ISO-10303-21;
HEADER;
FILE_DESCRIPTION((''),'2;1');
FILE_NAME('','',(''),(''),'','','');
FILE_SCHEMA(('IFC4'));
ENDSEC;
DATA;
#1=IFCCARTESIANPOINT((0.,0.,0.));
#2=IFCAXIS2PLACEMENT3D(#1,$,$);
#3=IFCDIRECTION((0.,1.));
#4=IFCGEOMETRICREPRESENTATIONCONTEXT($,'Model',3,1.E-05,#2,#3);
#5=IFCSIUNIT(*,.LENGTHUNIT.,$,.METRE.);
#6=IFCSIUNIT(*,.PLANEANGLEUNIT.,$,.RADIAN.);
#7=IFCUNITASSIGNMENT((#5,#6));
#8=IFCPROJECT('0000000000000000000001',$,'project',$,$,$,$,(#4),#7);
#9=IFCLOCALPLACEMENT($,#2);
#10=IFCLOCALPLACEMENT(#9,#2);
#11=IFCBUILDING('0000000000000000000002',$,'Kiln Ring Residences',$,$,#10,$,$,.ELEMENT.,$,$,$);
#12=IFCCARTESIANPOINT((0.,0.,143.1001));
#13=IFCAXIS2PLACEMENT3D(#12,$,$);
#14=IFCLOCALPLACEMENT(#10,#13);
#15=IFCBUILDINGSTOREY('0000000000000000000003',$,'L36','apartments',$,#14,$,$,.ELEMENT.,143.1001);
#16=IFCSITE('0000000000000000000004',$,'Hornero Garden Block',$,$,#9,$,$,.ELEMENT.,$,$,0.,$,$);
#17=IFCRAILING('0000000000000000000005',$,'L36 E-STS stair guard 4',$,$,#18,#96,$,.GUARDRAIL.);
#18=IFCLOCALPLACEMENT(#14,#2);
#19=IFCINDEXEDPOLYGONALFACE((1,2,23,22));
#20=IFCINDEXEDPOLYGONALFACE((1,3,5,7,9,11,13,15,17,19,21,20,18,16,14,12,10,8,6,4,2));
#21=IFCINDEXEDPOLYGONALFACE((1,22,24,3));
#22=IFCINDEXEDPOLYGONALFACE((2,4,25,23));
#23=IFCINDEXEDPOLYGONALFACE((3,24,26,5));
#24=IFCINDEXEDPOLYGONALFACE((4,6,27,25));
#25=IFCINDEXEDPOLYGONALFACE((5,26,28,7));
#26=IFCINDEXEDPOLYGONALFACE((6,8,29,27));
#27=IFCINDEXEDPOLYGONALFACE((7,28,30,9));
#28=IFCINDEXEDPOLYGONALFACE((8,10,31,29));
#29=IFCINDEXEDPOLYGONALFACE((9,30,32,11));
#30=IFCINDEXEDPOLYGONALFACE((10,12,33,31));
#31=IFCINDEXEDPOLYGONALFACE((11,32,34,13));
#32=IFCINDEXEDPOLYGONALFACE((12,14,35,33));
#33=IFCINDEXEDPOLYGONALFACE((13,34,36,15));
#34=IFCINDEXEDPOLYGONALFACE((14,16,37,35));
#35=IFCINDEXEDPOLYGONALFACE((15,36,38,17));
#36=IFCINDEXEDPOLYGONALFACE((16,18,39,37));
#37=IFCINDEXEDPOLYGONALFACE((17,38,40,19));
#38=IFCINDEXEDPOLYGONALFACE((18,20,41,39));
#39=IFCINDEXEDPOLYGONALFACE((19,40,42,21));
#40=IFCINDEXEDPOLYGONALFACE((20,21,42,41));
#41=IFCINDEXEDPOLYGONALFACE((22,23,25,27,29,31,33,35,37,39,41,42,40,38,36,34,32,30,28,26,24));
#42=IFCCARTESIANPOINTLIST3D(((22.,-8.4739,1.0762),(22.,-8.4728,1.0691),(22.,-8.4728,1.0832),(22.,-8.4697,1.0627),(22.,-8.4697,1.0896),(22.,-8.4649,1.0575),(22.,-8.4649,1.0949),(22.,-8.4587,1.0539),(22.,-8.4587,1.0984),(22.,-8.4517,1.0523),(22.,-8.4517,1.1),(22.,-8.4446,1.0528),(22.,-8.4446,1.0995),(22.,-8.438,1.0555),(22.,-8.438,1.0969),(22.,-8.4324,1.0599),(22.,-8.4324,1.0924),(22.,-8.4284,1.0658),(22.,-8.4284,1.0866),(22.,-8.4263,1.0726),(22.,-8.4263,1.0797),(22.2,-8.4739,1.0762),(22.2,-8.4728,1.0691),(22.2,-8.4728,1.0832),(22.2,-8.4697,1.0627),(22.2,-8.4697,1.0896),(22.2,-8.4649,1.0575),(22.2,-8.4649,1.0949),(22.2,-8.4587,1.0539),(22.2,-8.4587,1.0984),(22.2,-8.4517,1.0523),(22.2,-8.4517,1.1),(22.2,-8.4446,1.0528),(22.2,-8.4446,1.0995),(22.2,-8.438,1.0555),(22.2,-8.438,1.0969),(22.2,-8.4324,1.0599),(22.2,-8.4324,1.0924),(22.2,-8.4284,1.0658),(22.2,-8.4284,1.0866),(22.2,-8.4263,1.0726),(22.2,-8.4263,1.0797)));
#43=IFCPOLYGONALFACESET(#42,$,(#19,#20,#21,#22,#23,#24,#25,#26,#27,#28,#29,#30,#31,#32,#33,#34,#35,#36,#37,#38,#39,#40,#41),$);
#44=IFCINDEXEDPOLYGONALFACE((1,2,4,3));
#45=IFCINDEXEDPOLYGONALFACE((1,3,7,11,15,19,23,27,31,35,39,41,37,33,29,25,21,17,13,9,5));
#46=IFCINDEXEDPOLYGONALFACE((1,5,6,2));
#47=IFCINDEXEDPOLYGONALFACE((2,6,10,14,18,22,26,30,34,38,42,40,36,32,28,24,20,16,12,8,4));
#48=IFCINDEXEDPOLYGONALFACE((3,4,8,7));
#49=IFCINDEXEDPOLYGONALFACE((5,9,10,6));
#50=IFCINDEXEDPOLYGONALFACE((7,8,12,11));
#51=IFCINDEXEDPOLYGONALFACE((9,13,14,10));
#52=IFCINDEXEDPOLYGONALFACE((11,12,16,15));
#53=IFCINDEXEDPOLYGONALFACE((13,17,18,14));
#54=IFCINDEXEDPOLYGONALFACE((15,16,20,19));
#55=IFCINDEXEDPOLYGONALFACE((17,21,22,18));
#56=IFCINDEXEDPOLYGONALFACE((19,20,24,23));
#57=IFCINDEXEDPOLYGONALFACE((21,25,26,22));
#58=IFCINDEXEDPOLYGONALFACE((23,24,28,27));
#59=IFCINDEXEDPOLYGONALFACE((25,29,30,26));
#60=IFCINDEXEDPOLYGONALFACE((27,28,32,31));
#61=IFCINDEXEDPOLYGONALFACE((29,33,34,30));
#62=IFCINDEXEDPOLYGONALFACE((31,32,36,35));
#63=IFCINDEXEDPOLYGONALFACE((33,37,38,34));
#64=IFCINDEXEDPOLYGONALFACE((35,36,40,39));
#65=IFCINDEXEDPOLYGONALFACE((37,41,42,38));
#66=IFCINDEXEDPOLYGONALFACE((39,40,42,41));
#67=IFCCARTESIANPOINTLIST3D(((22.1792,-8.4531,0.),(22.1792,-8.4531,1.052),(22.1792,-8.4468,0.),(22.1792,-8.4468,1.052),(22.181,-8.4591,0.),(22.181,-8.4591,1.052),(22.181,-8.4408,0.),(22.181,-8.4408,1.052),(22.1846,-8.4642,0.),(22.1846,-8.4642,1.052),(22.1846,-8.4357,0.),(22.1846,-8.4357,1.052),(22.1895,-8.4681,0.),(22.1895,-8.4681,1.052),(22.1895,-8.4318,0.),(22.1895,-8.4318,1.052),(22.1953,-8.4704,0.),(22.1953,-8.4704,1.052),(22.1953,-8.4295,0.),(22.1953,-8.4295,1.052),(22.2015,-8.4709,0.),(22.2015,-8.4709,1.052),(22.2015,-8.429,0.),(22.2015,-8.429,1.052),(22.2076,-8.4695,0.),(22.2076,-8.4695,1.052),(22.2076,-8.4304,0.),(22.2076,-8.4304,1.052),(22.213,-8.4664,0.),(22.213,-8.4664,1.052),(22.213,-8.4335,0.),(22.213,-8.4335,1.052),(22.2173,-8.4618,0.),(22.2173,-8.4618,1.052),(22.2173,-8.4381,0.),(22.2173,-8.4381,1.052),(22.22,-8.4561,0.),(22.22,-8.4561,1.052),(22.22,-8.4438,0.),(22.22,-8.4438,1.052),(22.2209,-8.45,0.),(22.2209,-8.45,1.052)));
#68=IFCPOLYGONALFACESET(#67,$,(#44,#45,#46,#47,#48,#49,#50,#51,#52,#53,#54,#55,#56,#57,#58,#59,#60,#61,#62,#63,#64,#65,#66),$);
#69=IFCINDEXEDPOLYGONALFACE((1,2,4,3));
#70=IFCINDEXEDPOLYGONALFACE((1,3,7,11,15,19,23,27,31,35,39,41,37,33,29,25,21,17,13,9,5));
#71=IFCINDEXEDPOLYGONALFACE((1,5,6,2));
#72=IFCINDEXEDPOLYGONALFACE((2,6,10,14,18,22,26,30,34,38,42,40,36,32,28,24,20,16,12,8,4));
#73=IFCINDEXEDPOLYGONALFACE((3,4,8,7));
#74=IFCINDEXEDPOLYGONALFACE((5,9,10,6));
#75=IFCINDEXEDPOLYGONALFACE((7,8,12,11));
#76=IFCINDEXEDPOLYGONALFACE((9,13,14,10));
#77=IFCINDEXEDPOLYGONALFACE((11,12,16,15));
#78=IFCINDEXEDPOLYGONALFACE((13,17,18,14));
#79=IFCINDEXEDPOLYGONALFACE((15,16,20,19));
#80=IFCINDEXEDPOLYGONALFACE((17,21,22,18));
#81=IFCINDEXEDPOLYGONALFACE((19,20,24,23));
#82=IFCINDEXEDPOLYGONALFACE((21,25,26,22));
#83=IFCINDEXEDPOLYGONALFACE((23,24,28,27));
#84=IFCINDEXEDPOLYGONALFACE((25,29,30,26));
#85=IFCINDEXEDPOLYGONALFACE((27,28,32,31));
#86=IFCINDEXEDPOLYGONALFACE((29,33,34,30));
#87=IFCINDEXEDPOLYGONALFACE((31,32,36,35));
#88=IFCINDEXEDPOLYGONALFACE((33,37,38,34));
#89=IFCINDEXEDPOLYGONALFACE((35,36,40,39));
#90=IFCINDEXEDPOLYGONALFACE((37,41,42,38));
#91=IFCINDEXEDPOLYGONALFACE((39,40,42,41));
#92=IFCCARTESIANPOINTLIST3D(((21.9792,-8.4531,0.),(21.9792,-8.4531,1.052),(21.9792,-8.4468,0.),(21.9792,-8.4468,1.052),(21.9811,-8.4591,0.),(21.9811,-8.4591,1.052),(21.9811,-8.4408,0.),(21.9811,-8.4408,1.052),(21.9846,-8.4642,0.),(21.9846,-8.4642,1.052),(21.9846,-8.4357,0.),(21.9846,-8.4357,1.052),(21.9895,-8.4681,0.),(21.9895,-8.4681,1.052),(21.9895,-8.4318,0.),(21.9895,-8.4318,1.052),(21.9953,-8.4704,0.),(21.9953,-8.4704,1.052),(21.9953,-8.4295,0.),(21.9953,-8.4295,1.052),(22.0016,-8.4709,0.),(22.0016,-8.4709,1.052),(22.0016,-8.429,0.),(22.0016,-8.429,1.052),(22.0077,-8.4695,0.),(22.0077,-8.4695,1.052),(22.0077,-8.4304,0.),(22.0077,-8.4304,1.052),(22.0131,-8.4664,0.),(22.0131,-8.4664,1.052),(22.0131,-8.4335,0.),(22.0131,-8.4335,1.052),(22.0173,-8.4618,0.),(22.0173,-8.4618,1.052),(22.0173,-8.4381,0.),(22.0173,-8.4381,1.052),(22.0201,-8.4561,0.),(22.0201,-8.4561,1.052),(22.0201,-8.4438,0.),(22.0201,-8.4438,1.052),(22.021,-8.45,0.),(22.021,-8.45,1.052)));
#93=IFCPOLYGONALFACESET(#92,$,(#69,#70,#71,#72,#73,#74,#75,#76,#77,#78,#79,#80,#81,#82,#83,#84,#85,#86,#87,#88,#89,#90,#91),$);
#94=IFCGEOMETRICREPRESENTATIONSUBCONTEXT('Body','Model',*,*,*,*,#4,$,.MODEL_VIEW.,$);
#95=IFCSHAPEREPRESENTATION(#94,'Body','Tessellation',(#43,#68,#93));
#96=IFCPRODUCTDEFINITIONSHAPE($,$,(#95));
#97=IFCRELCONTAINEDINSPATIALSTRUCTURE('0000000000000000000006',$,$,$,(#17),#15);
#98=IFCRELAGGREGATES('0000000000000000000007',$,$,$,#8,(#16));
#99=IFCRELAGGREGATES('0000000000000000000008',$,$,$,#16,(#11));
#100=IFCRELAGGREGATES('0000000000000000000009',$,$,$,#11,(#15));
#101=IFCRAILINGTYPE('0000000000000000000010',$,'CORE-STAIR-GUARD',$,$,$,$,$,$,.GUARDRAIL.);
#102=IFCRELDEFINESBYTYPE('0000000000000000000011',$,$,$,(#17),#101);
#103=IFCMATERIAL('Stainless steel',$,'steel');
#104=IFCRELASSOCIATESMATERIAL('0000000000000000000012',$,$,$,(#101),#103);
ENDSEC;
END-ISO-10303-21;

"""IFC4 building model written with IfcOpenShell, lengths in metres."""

from ifc_helpers import new_model, si_unit, direction, frame, origin, origin_2d, place, context, subcontext, project, spatial, circle, extrude, material, type_object, element, save


model = new_model("IFC4")

# Units and contexts
model_context = context("Model", 3, precision=1e-05, world=origin(), true_north=direction((0.0, 1.0)))
body_context = subcontext(model_context, "Body", "Model", "MODEL_VIEW")
ifc_project = project(units=[si_unit("LENGTHUNIT", "METRE"), si_unit("PLANEANGLEUNIT", "RADIAN")], contexts=[model_context])

# Site, building, storey
site_placement = place(None, origin())
site = spatial("IfcSite", under=ifc_project, at=site_placement, Name="Hornero Garden Block", CompositionType="ELEMENT", RefElevation=0.0)
building_placement = place(site_placement, origin())
building = spatial("IfcBuilding", under=site, at=building_placement, Name="Kiln Ring Residences", CompositionType="ELEMENT")
storey_placement = place(building_placement, frame((0.0, 0.0, 143.1001)))
storey = spatial("IfcBuildingStorey", under=building, at=storey_placement, Name="L36", Description="apartments", CompositionType="ELEMENT", Elevation=143.1001)

# Railing
ifc_material_1 = material(Name="Stainless steel", Category="steel")
railing_type_1 = type_object("IfcRailingType", Name="CORE-STAIR-GUARD", PredefinedType="GUARDRAIL", material=ifc_material_1)
railing_1_placement = place(storey_placement, frame((22.2, -8.45, 0.0)))
element("IfcRailing", 1, at=railing_1_placement, inside=storey, type_object=railing_type_1, Name="L36 E-STS stair guard 4", PredefinedType="GUARDRAIL", context=body_context, shape_type="SweptSolid", body=[
    extrude(circle(Radius=0.0239, at=origin_2d()), frame((0.0, 0.0, 1.0762), z_axis=(-1.0, 0.0, 0.0), x_axis=(0.0, -1.0, 0.0)), (0.0, 0.0, 1.0), 0.2),
    extrude(circle(Radius=0.021, at=origin_2d()), origin(), (0.0, 0.0, 1.0), 1.052),
    extrude(circle(Radius=0.021, at=origin_2d()), frame((-0.2, 0.0, 0.0)), (0.0, 0.0, 1.0), 1.052),
])

save(model, "model.ifc")
